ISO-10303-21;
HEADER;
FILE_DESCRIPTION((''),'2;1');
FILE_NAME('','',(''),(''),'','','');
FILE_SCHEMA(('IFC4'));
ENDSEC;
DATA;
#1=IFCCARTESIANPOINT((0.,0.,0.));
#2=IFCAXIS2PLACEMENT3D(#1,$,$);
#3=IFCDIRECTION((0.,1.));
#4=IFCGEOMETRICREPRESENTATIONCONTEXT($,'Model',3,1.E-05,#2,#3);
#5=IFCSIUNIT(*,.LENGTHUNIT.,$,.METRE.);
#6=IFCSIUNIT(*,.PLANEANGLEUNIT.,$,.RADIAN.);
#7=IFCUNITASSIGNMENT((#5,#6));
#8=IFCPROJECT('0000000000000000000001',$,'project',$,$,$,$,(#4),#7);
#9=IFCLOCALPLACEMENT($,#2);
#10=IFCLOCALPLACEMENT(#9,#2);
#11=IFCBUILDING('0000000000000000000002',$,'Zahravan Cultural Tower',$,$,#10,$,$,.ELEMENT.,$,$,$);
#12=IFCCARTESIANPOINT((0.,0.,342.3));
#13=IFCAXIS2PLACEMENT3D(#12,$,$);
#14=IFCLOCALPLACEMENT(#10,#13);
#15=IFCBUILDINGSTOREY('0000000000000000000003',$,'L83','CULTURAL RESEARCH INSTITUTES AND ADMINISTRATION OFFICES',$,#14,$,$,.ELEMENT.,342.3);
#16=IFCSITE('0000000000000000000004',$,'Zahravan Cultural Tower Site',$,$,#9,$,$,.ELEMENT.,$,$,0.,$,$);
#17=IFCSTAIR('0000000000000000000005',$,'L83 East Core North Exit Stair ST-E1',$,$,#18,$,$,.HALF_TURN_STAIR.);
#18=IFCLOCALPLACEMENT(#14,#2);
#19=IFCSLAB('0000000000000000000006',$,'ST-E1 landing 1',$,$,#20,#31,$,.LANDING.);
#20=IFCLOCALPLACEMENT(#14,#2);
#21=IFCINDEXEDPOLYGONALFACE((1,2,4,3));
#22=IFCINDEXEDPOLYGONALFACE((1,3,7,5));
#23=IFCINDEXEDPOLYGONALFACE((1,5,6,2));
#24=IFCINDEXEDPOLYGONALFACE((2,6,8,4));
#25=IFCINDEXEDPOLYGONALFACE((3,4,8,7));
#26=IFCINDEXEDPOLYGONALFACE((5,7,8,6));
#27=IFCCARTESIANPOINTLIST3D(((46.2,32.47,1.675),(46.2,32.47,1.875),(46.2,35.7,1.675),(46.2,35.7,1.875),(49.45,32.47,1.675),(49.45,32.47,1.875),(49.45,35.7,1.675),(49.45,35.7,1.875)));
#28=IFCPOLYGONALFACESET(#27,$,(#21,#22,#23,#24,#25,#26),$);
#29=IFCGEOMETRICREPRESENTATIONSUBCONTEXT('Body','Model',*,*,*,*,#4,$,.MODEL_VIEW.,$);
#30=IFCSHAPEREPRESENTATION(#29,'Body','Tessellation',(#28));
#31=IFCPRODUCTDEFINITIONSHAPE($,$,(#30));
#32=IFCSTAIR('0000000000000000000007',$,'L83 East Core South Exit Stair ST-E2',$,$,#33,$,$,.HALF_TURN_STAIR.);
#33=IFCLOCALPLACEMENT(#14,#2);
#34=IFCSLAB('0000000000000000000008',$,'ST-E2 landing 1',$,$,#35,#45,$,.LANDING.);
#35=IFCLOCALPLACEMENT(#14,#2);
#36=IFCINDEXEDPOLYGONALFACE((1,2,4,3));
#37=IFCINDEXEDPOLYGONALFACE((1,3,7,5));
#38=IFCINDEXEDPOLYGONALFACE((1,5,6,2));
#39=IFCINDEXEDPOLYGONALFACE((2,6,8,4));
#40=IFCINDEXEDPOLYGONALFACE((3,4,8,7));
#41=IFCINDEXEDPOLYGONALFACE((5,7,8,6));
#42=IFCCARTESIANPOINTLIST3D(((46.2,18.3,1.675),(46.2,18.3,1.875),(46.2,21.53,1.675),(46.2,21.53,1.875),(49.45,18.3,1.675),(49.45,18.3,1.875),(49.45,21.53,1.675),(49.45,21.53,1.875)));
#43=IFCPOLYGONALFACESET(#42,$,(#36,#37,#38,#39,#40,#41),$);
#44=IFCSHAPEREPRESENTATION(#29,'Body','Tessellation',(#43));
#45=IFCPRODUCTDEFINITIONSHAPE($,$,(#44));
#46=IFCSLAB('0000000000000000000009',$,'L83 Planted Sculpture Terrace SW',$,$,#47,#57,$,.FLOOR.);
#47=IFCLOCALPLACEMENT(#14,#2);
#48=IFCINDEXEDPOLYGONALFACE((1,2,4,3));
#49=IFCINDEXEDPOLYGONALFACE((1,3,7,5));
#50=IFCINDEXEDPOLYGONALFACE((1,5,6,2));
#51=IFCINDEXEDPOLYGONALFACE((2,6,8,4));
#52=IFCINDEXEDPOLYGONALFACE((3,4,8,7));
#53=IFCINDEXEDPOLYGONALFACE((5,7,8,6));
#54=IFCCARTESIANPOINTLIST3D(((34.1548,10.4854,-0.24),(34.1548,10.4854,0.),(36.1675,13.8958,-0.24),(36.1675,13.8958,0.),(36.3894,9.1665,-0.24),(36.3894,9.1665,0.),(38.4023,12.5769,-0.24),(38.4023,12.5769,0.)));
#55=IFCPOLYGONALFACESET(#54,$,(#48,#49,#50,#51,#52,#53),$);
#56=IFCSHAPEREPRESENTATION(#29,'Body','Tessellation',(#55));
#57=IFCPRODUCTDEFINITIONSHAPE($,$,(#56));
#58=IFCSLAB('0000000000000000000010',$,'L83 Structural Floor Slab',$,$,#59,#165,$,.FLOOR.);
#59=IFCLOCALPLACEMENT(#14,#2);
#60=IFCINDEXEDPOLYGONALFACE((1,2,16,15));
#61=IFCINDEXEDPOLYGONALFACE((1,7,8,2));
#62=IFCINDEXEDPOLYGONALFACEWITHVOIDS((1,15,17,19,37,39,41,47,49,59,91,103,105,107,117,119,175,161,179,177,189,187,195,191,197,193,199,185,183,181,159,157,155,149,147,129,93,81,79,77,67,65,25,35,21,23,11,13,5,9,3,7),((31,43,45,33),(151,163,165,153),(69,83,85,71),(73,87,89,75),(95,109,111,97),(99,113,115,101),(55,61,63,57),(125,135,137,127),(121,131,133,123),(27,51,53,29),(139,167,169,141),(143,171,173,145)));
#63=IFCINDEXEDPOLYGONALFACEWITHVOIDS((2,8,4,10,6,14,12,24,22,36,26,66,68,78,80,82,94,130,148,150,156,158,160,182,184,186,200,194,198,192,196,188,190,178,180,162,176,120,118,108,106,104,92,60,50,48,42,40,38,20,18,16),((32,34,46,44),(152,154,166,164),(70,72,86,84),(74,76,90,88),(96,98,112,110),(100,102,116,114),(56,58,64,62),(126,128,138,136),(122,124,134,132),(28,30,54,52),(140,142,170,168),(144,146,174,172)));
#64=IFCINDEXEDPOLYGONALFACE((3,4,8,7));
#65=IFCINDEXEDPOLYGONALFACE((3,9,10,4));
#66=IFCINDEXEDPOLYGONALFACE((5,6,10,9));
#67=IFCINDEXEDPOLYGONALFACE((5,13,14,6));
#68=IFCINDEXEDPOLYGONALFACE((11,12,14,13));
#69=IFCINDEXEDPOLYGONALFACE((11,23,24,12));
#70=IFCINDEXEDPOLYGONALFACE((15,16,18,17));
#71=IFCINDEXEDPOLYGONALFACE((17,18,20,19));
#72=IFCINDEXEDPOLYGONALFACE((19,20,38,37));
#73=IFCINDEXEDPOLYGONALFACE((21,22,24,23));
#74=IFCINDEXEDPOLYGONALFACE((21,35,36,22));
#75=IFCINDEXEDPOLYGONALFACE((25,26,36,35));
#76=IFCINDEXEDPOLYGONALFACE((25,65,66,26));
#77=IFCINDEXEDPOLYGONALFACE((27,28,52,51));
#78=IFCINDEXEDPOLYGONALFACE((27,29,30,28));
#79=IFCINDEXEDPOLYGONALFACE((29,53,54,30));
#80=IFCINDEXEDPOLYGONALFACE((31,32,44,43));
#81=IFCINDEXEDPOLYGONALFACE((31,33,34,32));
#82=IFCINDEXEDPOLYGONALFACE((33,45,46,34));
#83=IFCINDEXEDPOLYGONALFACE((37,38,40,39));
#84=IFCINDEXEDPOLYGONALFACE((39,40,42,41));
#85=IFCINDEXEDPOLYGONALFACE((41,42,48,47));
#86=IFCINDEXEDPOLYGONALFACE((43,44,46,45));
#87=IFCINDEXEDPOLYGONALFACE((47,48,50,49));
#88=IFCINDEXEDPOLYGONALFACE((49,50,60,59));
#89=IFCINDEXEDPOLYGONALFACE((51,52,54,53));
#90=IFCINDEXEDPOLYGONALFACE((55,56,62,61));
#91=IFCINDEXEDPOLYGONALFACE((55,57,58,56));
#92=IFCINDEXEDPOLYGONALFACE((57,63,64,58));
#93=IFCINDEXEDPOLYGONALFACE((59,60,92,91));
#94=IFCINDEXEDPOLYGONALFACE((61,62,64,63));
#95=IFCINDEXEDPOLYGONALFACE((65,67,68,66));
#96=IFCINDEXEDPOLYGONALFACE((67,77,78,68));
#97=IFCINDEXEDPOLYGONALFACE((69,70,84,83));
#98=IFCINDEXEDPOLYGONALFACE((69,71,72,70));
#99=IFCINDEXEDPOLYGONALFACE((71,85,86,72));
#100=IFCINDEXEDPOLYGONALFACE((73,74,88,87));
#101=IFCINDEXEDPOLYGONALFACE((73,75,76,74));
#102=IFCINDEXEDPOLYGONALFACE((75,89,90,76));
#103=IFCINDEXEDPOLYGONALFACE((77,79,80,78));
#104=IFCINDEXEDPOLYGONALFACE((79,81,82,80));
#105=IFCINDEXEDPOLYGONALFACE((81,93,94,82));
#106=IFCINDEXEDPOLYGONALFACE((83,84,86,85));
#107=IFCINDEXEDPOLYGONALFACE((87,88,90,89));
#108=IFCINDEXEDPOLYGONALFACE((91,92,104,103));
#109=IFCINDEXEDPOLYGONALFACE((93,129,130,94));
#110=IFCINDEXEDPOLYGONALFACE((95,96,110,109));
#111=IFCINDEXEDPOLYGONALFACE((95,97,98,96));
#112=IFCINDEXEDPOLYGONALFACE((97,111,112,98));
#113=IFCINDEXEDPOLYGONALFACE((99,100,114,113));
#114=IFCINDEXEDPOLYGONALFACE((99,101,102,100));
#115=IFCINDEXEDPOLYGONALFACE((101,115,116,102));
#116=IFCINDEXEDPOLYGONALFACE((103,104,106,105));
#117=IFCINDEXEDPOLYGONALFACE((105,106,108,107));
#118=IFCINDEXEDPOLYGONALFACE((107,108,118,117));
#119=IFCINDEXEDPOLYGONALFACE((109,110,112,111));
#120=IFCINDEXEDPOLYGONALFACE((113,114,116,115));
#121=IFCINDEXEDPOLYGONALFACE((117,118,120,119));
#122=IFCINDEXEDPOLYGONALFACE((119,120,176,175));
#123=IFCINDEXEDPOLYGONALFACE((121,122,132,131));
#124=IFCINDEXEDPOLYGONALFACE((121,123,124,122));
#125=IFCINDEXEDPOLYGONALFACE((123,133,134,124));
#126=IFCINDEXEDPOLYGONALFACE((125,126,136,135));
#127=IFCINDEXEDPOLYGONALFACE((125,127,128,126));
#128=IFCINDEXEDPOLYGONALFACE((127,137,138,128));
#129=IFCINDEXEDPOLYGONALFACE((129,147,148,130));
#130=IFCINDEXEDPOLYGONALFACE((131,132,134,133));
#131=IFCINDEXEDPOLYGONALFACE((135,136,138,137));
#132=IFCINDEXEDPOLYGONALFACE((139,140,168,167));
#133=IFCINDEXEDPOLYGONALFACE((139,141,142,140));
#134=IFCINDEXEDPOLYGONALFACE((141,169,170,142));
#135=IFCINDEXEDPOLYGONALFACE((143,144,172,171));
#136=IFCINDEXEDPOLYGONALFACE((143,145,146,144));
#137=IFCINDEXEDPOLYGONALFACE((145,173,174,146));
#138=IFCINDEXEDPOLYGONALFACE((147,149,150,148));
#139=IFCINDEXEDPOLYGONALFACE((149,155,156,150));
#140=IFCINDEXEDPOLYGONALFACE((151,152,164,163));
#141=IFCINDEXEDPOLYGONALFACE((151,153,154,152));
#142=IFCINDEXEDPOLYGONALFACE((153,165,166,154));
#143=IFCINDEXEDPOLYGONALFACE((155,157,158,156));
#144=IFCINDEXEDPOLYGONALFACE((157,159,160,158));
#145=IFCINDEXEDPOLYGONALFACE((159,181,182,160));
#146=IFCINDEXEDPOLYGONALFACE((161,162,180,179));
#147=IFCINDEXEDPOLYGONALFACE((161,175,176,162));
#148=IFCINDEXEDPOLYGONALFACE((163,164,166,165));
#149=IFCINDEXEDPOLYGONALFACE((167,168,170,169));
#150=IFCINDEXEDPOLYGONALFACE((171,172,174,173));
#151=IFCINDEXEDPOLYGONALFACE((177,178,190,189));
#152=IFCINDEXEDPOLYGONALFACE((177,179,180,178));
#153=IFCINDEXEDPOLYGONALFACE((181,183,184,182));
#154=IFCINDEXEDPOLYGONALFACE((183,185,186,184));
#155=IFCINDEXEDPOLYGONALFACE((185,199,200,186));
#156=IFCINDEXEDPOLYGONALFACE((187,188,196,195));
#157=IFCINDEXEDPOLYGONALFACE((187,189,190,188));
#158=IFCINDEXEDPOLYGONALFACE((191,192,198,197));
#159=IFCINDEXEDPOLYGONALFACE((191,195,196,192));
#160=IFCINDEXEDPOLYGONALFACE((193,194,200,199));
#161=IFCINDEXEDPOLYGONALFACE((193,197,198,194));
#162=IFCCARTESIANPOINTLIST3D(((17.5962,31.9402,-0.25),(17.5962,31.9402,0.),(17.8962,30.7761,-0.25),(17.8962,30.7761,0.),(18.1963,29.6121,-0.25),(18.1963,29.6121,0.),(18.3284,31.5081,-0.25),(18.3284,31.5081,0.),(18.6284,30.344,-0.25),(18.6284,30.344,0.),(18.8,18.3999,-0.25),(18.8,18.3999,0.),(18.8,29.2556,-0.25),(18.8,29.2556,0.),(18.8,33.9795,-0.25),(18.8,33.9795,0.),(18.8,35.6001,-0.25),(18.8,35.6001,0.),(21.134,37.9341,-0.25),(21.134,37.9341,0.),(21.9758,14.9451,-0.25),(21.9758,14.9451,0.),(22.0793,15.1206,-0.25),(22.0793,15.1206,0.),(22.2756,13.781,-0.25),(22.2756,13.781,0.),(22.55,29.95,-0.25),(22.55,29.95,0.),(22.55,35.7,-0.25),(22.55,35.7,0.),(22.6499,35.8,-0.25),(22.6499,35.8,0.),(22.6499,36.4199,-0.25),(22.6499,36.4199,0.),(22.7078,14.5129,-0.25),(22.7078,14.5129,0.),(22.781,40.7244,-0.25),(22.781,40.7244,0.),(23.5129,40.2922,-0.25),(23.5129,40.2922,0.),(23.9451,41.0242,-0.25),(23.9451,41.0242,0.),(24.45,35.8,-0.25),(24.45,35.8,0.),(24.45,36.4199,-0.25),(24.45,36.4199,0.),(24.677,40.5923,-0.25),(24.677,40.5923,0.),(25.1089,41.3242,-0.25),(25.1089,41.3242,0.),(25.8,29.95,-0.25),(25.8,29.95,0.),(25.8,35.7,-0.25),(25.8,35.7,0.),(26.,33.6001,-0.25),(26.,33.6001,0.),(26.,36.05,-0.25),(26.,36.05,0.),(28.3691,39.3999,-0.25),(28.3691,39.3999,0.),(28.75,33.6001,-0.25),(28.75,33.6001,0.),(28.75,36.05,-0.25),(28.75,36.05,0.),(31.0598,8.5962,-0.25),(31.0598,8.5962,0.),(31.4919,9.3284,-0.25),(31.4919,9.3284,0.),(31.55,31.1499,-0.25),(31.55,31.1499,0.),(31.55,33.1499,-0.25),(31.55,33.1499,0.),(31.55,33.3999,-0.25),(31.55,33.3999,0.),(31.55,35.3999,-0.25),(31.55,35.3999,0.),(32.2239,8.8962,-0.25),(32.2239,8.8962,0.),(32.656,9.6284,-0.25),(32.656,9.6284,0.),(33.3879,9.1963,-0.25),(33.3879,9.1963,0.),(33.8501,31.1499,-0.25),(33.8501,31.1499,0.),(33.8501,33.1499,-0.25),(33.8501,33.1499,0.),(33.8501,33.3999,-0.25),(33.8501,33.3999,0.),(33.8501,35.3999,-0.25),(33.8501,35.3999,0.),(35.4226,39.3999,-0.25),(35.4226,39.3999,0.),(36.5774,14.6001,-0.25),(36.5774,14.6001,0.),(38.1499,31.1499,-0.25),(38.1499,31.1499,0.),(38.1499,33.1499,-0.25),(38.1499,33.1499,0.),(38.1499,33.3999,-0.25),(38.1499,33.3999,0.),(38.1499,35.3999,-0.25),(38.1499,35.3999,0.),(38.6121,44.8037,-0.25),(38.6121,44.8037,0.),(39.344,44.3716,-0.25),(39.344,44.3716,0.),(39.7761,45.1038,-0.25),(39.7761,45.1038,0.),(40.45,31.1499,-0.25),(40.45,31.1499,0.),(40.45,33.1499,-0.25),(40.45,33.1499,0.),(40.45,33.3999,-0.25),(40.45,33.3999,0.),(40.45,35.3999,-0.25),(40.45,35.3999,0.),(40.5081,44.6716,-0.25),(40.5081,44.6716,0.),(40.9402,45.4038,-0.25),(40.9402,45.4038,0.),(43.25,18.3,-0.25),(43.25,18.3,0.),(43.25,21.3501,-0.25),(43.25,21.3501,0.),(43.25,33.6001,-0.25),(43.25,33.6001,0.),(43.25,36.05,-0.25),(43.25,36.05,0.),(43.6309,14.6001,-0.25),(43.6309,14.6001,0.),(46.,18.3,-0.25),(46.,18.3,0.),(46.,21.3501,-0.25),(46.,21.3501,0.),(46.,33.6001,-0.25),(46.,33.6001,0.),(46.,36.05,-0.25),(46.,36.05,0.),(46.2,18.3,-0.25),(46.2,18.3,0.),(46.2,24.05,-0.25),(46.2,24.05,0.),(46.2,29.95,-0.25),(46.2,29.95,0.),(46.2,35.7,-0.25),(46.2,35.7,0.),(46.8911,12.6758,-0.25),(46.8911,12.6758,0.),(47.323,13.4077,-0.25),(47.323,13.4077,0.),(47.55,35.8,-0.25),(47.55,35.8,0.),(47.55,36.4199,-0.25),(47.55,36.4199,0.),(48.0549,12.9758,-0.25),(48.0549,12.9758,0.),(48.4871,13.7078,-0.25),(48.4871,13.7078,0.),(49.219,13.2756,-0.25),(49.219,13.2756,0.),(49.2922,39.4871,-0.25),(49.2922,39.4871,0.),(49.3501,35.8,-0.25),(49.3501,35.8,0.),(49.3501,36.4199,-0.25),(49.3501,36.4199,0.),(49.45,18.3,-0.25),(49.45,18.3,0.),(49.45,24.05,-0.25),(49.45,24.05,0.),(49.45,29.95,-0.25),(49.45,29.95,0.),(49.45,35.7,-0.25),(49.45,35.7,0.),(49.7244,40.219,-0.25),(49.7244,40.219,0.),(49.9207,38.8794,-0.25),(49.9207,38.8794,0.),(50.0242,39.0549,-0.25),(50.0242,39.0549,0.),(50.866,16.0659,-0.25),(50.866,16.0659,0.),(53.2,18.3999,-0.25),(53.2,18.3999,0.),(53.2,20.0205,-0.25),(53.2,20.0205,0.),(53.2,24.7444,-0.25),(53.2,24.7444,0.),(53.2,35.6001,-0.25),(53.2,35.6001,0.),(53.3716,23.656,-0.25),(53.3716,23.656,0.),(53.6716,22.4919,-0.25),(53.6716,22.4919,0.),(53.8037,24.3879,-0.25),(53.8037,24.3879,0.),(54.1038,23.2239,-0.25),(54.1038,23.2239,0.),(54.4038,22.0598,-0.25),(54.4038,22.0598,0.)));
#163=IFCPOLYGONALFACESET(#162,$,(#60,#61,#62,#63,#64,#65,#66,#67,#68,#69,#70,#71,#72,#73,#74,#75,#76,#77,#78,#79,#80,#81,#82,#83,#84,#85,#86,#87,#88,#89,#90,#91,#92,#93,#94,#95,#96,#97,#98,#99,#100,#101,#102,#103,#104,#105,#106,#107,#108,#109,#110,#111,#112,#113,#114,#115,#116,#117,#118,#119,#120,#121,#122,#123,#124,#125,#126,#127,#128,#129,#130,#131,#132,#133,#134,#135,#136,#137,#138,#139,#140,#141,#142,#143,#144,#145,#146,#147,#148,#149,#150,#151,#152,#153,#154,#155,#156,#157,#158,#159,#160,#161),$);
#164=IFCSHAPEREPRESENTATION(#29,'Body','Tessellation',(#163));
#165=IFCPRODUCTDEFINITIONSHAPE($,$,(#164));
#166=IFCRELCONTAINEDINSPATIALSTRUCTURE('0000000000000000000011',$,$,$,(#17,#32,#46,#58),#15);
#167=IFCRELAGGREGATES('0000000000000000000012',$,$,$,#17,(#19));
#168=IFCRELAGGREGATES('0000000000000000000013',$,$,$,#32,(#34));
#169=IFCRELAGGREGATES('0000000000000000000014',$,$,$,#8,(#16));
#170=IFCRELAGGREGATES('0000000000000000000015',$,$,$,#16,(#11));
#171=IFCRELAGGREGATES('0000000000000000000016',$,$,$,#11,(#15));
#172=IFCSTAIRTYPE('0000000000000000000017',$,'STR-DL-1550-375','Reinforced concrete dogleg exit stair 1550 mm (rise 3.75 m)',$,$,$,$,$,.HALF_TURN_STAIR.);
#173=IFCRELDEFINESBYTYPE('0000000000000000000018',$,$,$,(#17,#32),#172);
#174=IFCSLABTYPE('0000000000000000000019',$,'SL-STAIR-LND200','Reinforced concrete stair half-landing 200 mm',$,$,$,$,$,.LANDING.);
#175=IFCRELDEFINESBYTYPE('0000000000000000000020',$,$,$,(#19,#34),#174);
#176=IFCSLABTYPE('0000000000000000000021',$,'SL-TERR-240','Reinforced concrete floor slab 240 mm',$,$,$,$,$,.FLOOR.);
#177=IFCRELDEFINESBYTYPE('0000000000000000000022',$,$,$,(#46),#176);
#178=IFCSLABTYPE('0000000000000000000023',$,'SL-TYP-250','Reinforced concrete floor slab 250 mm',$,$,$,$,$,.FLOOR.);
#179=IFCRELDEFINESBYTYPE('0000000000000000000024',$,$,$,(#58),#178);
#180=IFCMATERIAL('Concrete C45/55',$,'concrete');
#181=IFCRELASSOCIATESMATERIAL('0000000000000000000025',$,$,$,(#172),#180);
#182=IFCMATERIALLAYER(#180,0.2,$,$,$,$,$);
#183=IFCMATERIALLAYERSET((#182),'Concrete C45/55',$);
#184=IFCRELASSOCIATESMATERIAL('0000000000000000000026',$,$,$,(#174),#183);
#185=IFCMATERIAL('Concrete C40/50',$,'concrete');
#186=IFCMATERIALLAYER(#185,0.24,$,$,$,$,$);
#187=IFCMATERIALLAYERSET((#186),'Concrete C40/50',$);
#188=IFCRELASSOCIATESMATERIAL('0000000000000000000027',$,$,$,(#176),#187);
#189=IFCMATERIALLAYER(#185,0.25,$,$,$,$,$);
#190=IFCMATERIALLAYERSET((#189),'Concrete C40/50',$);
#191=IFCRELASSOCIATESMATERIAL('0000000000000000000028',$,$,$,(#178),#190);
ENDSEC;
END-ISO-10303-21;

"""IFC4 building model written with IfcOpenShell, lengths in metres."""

from ifc_helpers import new_model, si_unit, direction, frame, origin, place, context, subcontext, project, spatial, polyline, outline, extrude, material, layer, layer_set, type_object, element, aggregate, save


model = new_model("IFC4")

# Units and contexts
model_context = context("Model", 3, precision=1e-05, world=origin(), true_north=direction((0.0, 1.0)))
body_context = subcontext(model_context, "Body", "Model", "MODEL_VIEW")
ifc_project = project(units=[si_unit("LENGTHUNIT", "METRE"), si_unit("PLANEANGLEUNIT", "RADIAN")], contexts=[model_context])

# Site, building, storey
site_placement = place(None, origin())
site = spatial("IfcSite", under=ifc_project, at=site_placement, Name="Zahravan Cultural Tower Site", CompositionType="ELEMENT", RefElevation=0.0)
building_placement = place(site_placement, origin())
building = spatial("IfcBuilding", under=site, at=building_placement, Name="Zahravan Cultural Tower", CompositionType="ELEMENT")
storey_placement = place(building_placement, frame((0.0, 0.0, 342.3)))
storey = spatial("IfcBuildingStorey", under=building, at=storey_placement, Name="L83", Description="CULTURAL RESEARCH INSTITUTES AND ADMINISTRATION OFFICES", CompositionType="ELEMENT", Elevation=342.3)

# Stairs, slabs
ifc_material_1 = material(Name="Concrete C45/55", Category="concrete")
stair_type = type_object("IfcStairType", Name="STR-DL-1550-375", Description="Reinforced concrete dogleg exit stair 1550 mm (rise 3.75 m)", PredefinedType="HALF_TURN_STAIR", material=ifc_material_1)
ifc_layer_1 = layer(ifc_material_1, 0.2)
ifc_layer_set_1 = layer_set([ifc_layer_1], Name="Concrete C45/55")
slab_type_1 = type_object("IfcSlabType", Name="SL-STAIR-LND200", Description="Reinforced concrete stair half-landing 200 mm", PredefinedType="LANDING", material=ifc_layer_set_1)
stair_1_placement = place(storey_placement, origin())
stair_1 = element("IfcStair", 1, at=stair_1_placement, inside=storey, type_object=stair_type, Name="L83 East Core North Exit Stair ST-E1", PredefinedType="HALF_TURN_STAIR")
slab_1_placement = place(storey_placement, frame((0.0, 0.0, 1.675)))
slab_1 = element("IfcSlab", 2, at=slab_1_placement, type_object=slab_type_1, Name="ST-E1 landing 1", PredefinedType="LANDING", context=body_context, shape_type="SweptSolid", body=[
    extrude(outline(polyline([(49.45, 32.47), (49.45, 35.7), (46.2, 35.7), (46.2, 32.47), (49.45, 32.47)])), origin(), (0.0, 0.0, 1.0), 0.2),
])
aggregate(stair_1, [slab_1])
stair_2_placement = place(storey_placement, origin())
stair_2 = element("IfcStair", 3, at=stair_2_placement, inside=storey, type_object=stair_type, Name="L83 East Core South Exit Stair ST-E2", PredefinedType="HALF_TURN_STAIR")
slab_2_placement = place(storey_placement, frame((0.0, 0.0, 1.675)))
slab_2 = element("IfcSlab", 4, at=slab_2_placement, type_object=slab_type_1, Name="ST-E2 landing 1", PredefinedType="LANDING", context=body_context, shape_type="SweptSolid", body=[
    extrude(outline(polyline([(46.2, 21.53), (46.2, 18.3), (49.45, 18.3), (49.45, 21.53), (46.2, 21.53)])), origin(), (0.0, 0.0, 1.0), 0.2),
])
aggregate(stair_2, [slab_2])

# Slabs
ifc_material_2 = material(Name="Concrete C40/50", Category="concrete")
ifc_layer_2 = layer(ifc_material_2, 0.24)
ifc_layer_set_2 = layer_set([ifc_layer_2], Name="Concrete C40/50")
slab_type_2 = type_object("IfcSlabType", Name="SL-TERR-240", Description="Reinforced concrete floor slab 240 mm", PredefinedType="FLOOR", material=ifc_layer_set_2)
slab_3_placement = place(storey_placement, frame((0.0, 0.0, -0.24)))
element("IfcSlab", 5, at=slab_3_placement, inside=storey, type_object=slab_type_2, Name="L83 Planted Sculpture Terrace SW", PredefinedType="FLOOR", context=body_context, shape_type="SweptSolid", body=[
    extrude(outline(polyline([(38.4023, 12.5769), (36.1675, 13.8958), (34.1548, 10.4854), (36.3894, 9.1665), (38.4023, 12.5769)])), origin(), (0.0, 0.0, 1.0), 0.24),
])
ifc_layer_3 = layer(ifc_material_2, 0.25)
ifc_layer_set_3 = layer_set([ifc_layer_3], Name="Concrete C40/50")
slab_type_3 = type_object("IfcSlabType", Name="SL-TYP-250", Description="Reinforced concrete floor slab 250 mm", PredefinedType="FLOOR", material=ifc_layer_set_3)
slab_4_placement = place(storey_placement, frame((0.0, 0.0, -0.25)))
element("IfcSlab", 6, at=slab_4_placement, inside=storey, type_object=slab_type_3, Name="L83 Structural Floor Slab", PredefinedType="FLOOR", context=body_context, shape_type="SweptSolid", body=[
    extrude(outline(polyline([(35.4226, 39.3999), (28.3691, 39.3999), (25.1089, 41.3242), (24.677, 40.5923), (23.9451, 41.0242), (23.5129, 40.2922), (22.781, 40.7244), (21.134, 37.9341), (18.8, 35.6001), (18.8, 33.9795), (17.5962, 31.9402), (18.3284, 31.5081), (17.8962, 30.7761), (18.6284, 30.344), (18.1963, 29.6121), (18.8, 29.2556), (18.8, 18.3999), (22.0793, 15.1206), (21.9758, 14.9451), (22.7078, 14.5129), (22.2756, 13.781), (31.0598, 8.5962), (31.4919, 9.3284), (32.2239, 8.8962), (32.656, 9.6284), (33.3879, 9.1963), (36.5774, 14.6001), (43.6309, 14.6001), (46.8911, 12.6758), (47.323, 13.4077), (48.0549, 12.9758), (48.4871, 13.7078), (49.219, 13.2756), (50.866, 16.0659), (53.2, 18.3999), (53.2, 20.0205), (54.4038, 22.0598), (53.6716, 22.4919), (54.1038, 23.2239), (53.3716, 23.656), (53.8037, 24.3879), (53.2, 24.7444), (53.2, 35.6001), (49.9207, 38.8794), (50.0242, 39.0549), (49.2922, 39.4871), (49.7244, 40.219), (40.9402, 45.4038), (40.5081, 44.6716), (39.7761, 45.1038), (39.344, 44.3716), (38.6121, 44.8037), (35.4226, 39.3999)]), holes=[polyline([(22.55, 29.95), (22.55, 35.7), (25.8, 35.7), (25.8, 29.95), (22.55, 29.95)]), polyline([(46.2, 29.95), (46.2, 35.7), (49.45, 35.7), (49.45, 29.95), (46.2, 29.95)]), polyline([(46.2, 18.3), (46.2, 24.05), (49.45, 24.05), (49.45, 18.3), (46.2, 18.3)]), polyline([(26.0, 33.6001), (26.0, 36.05), (28.75, 36.05), (28.75, 33.6001), (26.0, 33.6001)]), polyline([(43.25, 33.6001), (43.25, 36.05), (46.0, 36.05), (46.0, 33.6001), (43.25, 33.6001)]), polyline([(43.25, 18.3), (43.25, 21.3501), (46.0, 21.3501), (46.0, 18.3), (43.25, 18.3)]), polyline([(31.55, 33.3999), (31.55, 35.3999), (33.8501, 35.3999), (33.8501, 33.3999), (31.55, 33.3999)]), polyline([(31.55, 31.1499), (31.55, 33.1499), (33.8501, 33.1499), (33.8501, 31.1499), (31.55, 31.1499)]), polyline([(38.1499, 33.3999), (38.1499, 35.3999), (40.45, 35.3999), (40.45, 33.3999), (38.1499, 33.3999)]), polyline([(38.1499, 31.1499), (38.1499, 33.1499), (40.45, 33.1499), (40.45, 31.1499), (38.1499, 31.1499)]), polyline([(22.6499, 35.8), (22.6499, 36.4199), (24.45, 36.4199), (24.45, 35.8), (22.6499, 35.8)]), polyline([(47.55, 35.8), (47.55, 36.4199), (49.3501, 36.4199), (49.3501, 35.8), (47.55, 35.8)])]), origin(), (0.0, 0.0, 1.0), 0.25),
])

save(model, "model.ifc")
